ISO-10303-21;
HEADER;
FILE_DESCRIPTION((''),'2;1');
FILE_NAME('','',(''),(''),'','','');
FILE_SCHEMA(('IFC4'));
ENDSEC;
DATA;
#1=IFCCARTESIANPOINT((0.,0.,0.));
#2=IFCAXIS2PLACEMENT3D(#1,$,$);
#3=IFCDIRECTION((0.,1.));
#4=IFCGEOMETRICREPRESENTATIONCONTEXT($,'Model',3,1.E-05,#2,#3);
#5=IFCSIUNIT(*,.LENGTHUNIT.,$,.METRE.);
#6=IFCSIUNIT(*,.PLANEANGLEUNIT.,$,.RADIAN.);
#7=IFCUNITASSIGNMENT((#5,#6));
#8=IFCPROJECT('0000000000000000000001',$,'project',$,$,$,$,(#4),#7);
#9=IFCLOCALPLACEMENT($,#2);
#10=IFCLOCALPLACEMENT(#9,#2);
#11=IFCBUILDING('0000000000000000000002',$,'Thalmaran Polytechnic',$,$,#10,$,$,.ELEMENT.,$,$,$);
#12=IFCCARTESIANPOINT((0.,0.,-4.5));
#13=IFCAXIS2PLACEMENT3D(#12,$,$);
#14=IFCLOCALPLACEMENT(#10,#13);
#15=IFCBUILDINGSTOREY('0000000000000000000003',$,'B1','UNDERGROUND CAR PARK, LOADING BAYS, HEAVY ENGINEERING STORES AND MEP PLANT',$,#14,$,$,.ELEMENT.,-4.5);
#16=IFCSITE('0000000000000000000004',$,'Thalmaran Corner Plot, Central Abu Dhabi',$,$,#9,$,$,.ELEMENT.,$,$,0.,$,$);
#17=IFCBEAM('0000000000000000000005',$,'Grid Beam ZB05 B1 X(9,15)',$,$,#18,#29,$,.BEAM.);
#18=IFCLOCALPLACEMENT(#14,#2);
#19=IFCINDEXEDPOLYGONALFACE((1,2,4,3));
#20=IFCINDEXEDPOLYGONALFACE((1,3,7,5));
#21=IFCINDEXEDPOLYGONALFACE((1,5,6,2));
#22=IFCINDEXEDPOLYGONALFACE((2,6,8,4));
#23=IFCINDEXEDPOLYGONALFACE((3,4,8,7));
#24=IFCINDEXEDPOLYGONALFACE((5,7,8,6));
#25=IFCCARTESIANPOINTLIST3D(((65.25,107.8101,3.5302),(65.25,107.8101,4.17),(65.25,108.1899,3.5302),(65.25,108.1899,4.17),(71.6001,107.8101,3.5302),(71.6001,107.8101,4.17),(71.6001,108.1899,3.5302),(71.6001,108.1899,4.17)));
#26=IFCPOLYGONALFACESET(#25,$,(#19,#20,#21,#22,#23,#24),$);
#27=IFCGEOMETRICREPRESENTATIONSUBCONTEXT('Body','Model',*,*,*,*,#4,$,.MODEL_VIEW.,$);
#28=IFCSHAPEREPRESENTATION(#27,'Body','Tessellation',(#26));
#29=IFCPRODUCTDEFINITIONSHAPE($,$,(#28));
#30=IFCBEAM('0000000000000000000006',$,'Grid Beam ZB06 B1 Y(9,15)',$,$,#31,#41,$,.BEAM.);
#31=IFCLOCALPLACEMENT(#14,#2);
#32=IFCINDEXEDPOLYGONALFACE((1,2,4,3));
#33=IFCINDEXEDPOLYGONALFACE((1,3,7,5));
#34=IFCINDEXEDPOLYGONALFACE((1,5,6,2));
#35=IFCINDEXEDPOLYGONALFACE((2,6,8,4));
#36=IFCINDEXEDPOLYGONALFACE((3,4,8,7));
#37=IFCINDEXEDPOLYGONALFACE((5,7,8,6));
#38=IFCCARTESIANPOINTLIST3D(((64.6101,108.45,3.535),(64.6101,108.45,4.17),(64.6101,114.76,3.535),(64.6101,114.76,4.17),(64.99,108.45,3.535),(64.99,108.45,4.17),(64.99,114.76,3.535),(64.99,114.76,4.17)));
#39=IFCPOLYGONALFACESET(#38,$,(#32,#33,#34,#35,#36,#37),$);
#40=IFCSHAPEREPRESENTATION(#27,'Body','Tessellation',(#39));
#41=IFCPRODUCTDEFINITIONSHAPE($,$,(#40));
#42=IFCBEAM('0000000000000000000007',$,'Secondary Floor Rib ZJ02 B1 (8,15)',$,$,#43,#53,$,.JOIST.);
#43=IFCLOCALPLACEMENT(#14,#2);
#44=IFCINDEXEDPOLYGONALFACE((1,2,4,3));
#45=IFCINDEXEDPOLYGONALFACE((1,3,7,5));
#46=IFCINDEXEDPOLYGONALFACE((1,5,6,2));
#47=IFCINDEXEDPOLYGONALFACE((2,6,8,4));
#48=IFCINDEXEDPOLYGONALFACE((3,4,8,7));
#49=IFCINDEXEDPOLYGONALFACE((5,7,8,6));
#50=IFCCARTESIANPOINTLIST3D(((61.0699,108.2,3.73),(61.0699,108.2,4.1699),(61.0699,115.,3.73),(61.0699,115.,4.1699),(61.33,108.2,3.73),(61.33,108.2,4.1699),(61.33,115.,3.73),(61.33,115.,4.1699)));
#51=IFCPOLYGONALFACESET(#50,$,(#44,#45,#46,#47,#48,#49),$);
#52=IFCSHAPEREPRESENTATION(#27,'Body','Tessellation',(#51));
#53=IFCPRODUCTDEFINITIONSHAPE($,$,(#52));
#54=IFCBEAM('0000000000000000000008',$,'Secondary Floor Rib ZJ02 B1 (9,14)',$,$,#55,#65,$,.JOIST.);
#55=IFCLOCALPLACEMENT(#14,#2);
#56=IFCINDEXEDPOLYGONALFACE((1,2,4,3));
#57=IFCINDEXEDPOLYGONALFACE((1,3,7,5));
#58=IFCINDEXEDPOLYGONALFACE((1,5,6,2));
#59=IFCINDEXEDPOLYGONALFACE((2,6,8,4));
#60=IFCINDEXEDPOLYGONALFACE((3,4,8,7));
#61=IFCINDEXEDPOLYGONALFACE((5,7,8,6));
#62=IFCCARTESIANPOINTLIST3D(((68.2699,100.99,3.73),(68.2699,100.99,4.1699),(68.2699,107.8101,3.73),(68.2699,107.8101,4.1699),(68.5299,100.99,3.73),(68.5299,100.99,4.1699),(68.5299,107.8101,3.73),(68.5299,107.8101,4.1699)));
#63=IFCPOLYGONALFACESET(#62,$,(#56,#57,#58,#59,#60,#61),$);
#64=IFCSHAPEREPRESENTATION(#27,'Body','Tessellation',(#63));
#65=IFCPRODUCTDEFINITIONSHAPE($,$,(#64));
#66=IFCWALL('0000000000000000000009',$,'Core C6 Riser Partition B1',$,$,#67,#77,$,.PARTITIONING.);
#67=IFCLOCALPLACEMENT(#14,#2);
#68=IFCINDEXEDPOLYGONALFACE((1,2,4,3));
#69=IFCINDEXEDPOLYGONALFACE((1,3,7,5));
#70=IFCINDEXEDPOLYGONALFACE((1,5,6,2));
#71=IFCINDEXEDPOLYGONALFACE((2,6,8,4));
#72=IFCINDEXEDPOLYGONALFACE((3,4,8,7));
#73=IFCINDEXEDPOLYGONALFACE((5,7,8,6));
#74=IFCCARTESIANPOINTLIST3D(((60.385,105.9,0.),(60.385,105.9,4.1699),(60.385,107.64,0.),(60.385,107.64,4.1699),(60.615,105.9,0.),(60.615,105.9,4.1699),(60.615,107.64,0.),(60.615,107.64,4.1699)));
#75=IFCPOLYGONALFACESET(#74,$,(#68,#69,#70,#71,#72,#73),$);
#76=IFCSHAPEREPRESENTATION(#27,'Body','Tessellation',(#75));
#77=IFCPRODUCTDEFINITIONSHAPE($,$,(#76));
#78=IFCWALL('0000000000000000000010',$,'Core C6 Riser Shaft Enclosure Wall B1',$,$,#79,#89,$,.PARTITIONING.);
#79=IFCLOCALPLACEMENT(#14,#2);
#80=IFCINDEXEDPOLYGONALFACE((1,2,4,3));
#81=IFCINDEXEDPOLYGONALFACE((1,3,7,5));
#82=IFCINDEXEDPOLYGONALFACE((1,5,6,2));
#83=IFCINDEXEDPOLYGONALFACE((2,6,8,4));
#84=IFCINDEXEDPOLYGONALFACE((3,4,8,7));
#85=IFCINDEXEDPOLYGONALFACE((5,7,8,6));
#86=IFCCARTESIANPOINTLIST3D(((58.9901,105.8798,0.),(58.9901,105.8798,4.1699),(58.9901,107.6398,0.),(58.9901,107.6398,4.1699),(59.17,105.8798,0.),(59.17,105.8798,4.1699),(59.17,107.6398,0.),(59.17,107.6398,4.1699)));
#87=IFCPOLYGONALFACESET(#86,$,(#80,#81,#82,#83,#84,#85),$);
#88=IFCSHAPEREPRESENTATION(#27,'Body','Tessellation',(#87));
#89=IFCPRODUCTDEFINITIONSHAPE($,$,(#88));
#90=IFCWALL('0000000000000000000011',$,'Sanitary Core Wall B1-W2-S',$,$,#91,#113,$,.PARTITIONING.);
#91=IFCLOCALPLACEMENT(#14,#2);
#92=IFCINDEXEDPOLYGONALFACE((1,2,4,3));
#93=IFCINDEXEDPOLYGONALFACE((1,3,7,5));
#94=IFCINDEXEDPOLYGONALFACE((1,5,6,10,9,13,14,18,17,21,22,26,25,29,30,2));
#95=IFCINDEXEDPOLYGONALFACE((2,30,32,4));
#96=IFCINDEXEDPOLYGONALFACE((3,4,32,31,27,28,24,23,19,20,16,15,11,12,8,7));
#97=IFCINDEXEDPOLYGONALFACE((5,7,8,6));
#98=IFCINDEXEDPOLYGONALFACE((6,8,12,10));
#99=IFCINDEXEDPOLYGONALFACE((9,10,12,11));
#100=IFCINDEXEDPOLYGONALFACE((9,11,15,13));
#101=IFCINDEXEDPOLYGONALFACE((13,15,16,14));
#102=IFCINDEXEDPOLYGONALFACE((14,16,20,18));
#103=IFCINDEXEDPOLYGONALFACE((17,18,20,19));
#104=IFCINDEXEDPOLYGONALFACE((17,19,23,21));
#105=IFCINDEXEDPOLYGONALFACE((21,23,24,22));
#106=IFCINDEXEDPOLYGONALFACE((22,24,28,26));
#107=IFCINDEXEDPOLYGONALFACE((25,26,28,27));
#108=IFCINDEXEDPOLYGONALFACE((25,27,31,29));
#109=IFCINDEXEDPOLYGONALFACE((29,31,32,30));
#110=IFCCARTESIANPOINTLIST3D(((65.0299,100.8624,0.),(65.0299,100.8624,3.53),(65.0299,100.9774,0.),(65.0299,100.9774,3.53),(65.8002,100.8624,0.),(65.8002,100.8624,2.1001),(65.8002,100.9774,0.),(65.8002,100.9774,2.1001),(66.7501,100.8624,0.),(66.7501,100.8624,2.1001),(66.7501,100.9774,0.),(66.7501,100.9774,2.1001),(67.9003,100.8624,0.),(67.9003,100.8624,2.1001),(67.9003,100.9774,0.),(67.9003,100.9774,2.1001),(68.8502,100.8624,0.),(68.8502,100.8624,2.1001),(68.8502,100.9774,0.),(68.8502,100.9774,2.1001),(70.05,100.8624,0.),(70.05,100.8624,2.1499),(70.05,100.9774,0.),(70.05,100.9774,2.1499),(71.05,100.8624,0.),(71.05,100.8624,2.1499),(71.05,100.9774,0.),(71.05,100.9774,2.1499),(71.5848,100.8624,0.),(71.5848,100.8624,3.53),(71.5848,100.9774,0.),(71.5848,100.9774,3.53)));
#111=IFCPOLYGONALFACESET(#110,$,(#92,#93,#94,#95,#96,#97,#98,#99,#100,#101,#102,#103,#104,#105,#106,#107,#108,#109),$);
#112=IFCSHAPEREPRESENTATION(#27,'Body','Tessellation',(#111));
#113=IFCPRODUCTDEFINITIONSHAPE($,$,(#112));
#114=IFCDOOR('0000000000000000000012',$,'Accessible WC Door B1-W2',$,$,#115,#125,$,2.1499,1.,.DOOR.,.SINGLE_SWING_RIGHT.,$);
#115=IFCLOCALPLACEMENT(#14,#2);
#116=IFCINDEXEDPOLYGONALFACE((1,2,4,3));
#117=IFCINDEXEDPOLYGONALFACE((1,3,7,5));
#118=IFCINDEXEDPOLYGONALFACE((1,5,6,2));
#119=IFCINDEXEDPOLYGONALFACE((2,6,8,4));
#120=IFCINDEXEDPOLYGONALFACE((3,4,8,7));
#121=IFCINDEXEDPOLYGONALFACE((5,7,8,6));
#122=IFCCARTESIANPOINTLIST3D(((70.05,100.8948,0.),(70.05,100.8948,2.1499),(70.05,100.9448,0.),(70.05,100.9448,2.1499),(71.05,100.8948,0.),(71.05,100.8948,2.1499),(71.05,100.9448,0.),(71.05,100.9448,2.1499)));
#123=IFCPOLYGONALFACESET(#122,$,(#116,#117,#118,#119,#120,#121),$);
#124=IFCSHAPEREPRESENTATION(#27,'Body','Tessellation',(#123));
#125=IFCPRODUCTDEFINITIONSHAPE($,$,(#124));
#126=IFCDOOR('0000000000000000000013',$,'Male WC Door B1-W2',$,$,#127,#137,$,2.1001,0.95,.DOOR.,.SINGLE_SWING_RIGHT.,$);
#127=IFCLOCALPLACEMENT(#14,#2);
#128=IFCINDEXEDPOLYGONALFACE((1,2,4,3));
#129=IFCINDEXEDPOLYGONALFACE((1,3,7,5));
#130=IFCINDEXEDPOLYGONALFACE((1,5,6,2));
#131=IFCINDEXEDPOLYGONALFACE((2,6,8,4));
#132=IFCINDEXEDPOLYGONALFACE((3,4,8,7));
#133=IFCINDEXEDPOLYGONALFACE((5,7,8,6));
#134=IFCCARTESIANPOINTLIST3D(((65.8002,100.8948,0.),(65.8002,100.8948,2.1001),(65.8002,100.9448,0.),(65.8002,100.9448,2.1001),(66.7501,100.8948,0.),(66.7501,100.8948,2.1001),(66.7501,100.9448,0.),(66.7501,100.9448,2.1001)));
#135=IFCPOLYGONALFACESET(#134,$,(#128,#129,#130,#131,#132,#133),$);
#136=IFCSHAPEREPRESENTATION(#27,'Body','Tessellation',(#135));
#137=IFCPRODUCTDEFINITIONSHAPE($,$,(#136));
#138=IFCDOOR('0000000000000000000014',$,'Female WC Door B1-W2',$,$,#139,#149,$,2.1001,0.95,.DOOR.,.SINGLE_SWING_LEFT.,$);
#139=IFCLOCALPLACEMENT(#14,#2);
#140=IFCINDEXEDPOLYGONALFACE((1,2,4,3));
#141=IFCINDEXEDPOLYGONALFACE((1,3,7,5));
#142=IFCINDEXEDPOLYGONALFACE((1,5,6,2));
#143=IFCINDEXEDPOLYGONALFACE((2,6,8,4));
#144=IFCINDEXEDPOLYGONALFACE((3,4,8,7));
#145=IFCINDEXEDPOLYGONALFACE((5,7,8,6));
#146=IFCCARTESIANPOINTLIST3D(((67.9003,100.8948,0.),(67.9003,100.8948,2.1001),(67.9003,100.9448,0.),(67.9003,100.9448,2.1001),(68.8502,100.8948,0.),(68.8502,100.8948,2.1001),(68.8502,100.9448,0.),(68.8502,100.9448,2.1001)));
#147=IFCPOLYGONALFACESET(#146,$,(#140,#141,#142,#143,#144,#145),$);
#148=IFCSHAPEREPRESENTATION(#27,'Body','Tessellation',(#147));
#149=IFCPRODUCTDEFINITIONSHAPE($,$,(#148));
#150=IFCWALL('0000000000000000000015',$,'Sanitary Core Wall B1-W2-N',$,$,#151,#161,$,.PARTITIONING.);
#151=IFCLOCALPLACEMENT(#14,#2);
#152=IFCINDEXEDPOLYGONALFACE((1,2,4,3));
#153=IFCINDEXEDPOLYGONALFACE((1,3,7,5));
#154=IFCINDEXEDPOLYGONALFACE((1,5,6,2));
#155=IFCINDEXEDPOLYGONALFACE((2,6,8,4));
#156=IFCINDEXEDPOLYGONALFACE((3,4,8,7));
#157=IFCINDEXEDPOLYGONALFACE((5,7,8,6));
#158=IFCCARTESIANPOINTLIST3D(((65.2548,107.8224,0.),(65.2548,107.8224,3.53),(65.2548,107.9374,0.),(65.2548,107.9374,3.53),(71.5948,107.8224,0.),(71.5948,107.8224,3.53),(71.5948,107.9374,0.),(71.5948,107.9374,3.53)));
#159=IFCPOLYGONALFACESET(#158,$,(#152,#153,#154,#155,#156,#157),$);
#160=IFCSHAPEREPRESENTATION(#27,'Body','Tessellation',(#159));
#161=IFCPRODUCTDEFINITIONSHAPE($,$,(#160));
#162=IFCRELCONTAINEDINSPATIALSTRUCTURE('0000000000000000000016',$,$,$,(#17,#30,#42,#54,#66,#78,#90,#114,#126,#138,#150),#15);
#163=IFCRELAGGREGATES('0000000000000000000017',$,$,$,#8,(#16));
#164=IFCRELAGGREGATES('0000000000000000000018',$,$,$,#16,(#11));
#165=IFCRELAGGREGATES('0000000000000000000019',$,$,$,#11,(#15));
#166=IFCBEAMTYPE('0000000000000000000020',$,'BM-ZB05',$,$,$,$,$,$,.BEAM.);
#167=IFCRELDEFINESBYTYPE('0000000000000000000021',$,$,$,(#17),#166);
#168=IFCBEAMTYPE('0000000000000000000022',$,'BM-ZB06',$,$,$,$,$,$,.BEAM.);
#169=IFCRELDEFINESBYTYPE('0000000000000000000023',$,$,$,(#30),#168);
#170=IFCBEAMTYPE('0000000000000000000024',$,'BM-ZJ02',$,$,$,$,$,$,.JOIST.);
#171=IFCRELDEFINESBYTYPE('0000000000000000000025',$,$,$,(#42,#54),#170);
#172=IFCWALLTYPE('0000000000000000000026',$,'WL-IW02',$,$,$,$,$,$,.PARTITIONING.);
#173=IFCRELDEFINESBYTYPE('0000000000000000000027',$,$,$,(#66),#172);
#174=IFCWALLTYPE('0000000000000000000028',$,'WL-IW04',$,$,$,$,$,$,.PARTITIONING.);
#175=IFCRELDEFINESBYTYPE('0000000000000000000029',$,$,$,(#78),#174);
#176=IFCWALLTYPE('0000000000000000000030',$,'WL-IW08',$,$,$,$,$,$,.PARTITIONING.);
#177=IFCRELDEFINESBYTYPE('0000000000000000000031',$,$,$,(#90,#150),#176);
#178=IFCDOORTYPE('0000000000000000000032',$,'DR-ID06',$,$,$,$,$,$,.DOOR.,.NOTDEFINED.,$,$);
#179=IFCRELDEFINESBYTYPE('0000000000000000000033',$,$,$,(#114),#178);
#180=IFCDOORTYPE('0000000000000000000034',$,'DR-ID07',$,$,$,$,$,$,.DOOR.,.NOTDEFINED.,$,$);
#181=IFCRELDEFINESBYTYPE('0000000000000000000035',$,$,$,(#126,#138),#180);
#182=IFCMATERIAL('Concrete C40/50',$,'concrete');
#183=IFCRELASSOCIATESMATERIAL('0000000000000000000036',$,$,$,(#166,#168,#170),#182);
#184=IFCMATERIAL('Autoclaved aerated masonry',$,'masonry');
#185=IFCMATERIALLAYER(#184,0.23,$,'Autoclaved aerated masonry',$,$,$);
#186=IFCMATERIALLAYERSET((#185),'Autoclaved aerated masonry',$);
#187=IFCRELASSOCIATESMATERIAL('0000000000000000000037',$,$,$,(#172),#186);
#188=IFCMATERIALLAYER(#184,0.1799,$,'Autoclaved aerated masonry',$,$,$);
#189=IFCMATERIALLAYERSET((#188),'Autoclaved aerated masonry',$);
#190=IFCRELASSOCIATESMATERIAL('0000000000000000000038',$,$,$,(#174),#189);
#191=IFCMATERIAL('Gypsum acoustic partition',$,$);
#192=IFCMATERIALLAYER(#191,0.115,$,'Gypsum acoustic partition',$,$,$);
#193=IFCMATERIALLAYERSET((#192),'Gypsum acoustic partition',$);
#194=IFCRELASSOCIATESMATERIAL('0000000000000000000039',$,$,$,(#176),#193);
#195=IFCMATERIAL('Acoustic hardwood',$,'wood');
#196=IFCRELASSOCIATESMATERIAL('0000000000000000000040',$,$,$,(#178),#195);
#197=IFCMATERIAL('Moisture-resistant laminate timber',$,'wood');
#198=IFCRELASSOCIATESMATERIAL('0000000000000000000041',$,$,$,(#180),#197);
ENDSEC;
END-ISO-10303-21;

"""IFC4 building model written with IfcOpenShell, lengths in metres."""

from ifc_helpers import new_model, si_unit, direction, frame, frame_2d, origin, origin_2d, place, context, subcontext, project, spatial, rectangle, extrude, material, layer, layer_set, material_profile, profile_set, type_object, element, fill, save


model = new_model("IFC4")

# Units and contexts
model_context = context("Model", 3, precision=1e-05, world=origin(), true_north=direction((0.0, 1.0)))
body_context = subcontext(model_context, "Body", "Model", "MODEL_VIEW")
ifc_project = project(units=[si_unit("LENGTHUNIT", "METRE"), si_unit("PLANEANGLEUNIT", "RADIAN")], contexts=[model_context])

# Site, building, storey
site_placement = place(None, origin())
site = spatial("IfcSite", under=ifc_project, at=site_placement, Name="Thalmaran Corner Plot, Central Abu Dhabi", CompositionType="ELEMENT", RefElevation=0.0)
building_placement = place(site_placement, origin())
building = spatial("IfcBuilding", under=site, at=building_placement, Name="Thalmaran Polytechnic", CompositionType="ELEMENT")
storey_placement = place(building_placement, frame((0.0, 0.0, -4.5)))
storey = spatial("IfcBuildingStorey", under=building, at=storey_placement, Name="B1", Description="UNDERGROUND CAR PARK, LOADING BAYS, HEAVY ENGINEERING STORES AND MEP PLANT", CompositionType="ELEMENT", Elevation=-4.5)

# Shared definitions
ifc_material_1 = material(Name="Concrete C40/50", Category="concrete")

# Beams
ifc_material_profile_1 = material_profile(ifc_material_1, rectangle(XDim=0.3799, YDim=0.6399, at=origin_2d()), Name="RC 380x640")
ifc_profile_set_1 = profile_set([ifc_material_profile_1], Name="Concrete C40/50")
beam_type_1 = type_object("IfcBeamType", Name="BM-ZB05", PredefinedType="BEAM", material=ifc_profile_set_1)
beam_1_placement = place(storey_placement, frame((65.25, 108.0, 3.8501), z_axis=(1.0, 0.0, 0.0), x_axis=(0.0, 1.0, 0.0)))
element("IfcBeam", 1, at=beam_1_placement, inside=storey, type_object=beam_type_1, Name="Grid Beam ZB05 B1 X(9,15)", PredefinedType="BEAM", context=body_context, shape_type="SweptSolid", body=[
    extrude(rectangle(XDim=0.3799, YDim=0.6399, at=origin_2d()), origin(), (0.0, 0.0, 1.0), 6.3501),
])
ifc_material_profile_2 = material_profile(ifc_material_1, rectangle(XDim=0.3799, YDim=0.635, at=origin_2d()), Name="RC 380x635")
ifc_profile_set_2 = profile_set([ifc_material_profile_2], Name="Concrete C40/50")
beam_type_2 = type_object("IfcBeamType", Name="BM-ZB06", PredefinedType="BEAM", material=ifc_profile_set_2)
beam_2_placement = place(storey_placement, frame((64.8, 108.45, 3.8525), z_axis=(0.0, 1.0, 0.0), x_axis=(-1.0, 0.0, 0.0)))
element("IfcBeam", 2, at=beam_2_placement, inside=storey, type_object=beam_type_2, Name="Grid Beam ZB06 B1 Y(9,15)", PredefinedType="BEAM", context=body_context, shape_type="SweptSolid", body=[
    extrude(rectangle(XDim=0.3799, YDim=0.635, at=origin_2d()), origin(), (0.0, 0.0, 1.0), 6.3101),
])
ifc_material_profile_3 = material_profile(ifc_material_1, rectangle(XDim=0.26, YDim=0.4399, at=origin_2d()), Name="RC 260x440")
ifc_profile_set_3 = profile_set([ifc_material_profile_3], Name="Concrete C40/50")
beam_type_3 = type_object("IfcBeamType", Name="BM-ZJ02", PredefinedType="JOIST", material=ifc_profile_set_3)
beam_3_placement = place(storey_placement, frame((61.2, 108.2, 3.95), z_axis=(0.0, 1.0, 0.0), x_axis=(-1.0, 0.0, 0.0)))
element("IfcBeam", 3, at=beam_3_placement, inside=storey, type_object=beam_type_3, Name="Secondary Floor Rib ZJ02 B1 (8,15)", PredefinedType="JOIST", context=body_context, shape_type="SweptSolid", body=[
    extrude(rectangle(XDim=0.26, YDim=0.4399, at=origin_2d()), origin(), (0.0, 0.0, 1.0), 6.8),
])
beam_4_placement = place(storey_placement, frame((68.3999, 100.99, 3.95), z_axis=(0.0, 1.0, 0.0), x_axis=(-1.0, 0.0, 0.0)))
element("IfcBeam", 4, at=beam_4_placement, inside=storey, type_object=beam_type_3, Name="Secondary Floor Rib ZJ02 B1 (9,14)", PredefinedType="JOIST", context=body_context, shape_type="SweptSolid", body=[
    extrude(rectangle(XDim=0.26, YDim=0.4399, at=origin_2d()), origin(), (0.0, 0.0, 1.0), 6.8201),
])

# Walls
ifc_material_2 = material(Name="Autoclaved aerated masonry", Category="masonry")
ifc_layer_1 = layer(ifc_material_2, 0.23, Name="Autoclaved aerated masonry")
ifc_layer_set_1 = layer_set([ifc_layer_1], Name="Autoclaved aerated masonry")
wall_type_1 = type_object("IfcWallType", Name="WL-IW02", PredefinedType="PARTITIONING", material=ifc_layer_set_1)
wall_1_placement = place(storey_placement, frame((60.5, 105.8999, 0.0), z_axis=(0.0, 0.0, 1.0), x_axis=(0.0, 1.0, 0.0)))
element("IfcWall", 5, at=wall_1_placement, inside=storey, type_object=wall_type_1, Name="Core C6 Riser Partition B1", PredefinedType="PARTITIONING", context=body_context, shape_type="SweptSolid", body=[
    extrude(rectangle(XDim=1.74, YDim=0.23, at=frame_2d((0.8701, 0.0))), origin(), (0.0, 0.0, 1.0), 4.1699),
])
ifc_layer_2 = layer(ifc_material_2, 0.1799, Name="Autoclaved aerated masonry")
ifc_layer_set_2 = layer_set([ifc_layer_2], Name="Autoclaved aerated masonry")
wall_type_2 = type_object("IfcWallType", Name="WL-IW04", PredefinedType="PARTITIONING", material=ifc_layer_set_2)
wall_2_placement = place(storey_placement, frame((59.0801, 105.8799, 0.0), z_axis=(0.0, 0.0, 1.0), x_axis=(0.0, 1.0, 0.0)))
element("IfcWall", 6, at=wall_2_placement, inside=storey, type_object=wall_type_2, Name="Core C6 Riser Shaft Enclosure Wall B1", PredefinedType="PARTITIONING", context=body_context, shape_type="SweptSolid", body=[
    extrude(rectangle(XDim=1.76, YDim=0.1799, at=frame_2d((0.8799, 0.0))), origin(), (0.0, 0.0, 1.0), 4.1699),
])

# Wall, openings, doors
ifc_material_3 = material(Name="Gypsum acoustic partition")
ifc_layer_3 = layer(ifc_material_3, 0.115, Name="Gypsum acoustic partition")
ifc_layer_set_3 = layer_set([ifc_layer_3], Name="Gypsum acoustic partition")
wall_type_3 = type_object("IfcWallType", Name="WL-IW08", PredefinedType="PARTITIONING", material=ifc_layer_set_3)
wall_3_placement = place(storey_placement, frame((65.03, 100.9199, 0.0), z_axis=(0.0, 0.0, 1.0), x_axis=(1.0, 0.0, 0.0)))
wall_3 = element("IfcWall", 7, at=wall_3_placement, inside=storey, type_object=wall_type_3, Name="Sanitary Core Wall B1-W2-S", PredefinedType="PARTITIONING", context=body_context, shape_type="SweptSolid", body=[
    extrude(rectangle(XDim=6.5549, YDim=0.115, at=frame_2d((3.2773, 0.0))), origin(), (0.0, 0.0, 1.0), 3.53),
])
opening_1_placement = place(wall_3_placement, frame((0.77, 0.0, 0.0)))
opening_1 = element("IfcOpeningElement", 8, at=opening_1_placement, cuts=wall_3, PredefinedType="OPENING", context=body_context, shape_type="SweptSolid", body=[
    extrude(rectangle(XDim=0.95, YDim=2.1001, at=frame_2d((0.4751, 1.05))), frame((0.0, 0.0674, 0.0), z_axis=(0.0, -1.0, 0.0), x_axis=(1.0, 0.0, 0.0)), (0.0, 0.0, 1.0), 0.135),
])
opening_2_placement = place(wall_3_placement, frame((2.8701, 0.0, 0.0)))
opening_2 = element("IfcOpeningElement", 9, at=opening_2_placement, cuts=wall_3, PredefinedType="OPENING", context=body_context, shape_type="SweptSolid", body=[
    extrude(rectangle(XDim=0.95, YDim=2.1001, at=frame_2d((0.4751, 1.05))), frame((0.0, 0.0674, 0.0), z_axis=(0.0, -1.0, 0.0), x_axis=(1.0, 0.0, 0.0)), (0.0, 0.0, 1.0), 0.135),
])
opening_3_placement = place(wall_3_placement, frame((5.02, 0.0, 0.0)))
opening_3 = element("IfcOpeningElement", 10, at=opening_3_placement, cuts=wall_3, PredefinedType="OPENING", context=body_context, shape_type="SweptSolid", body=[
    extrude(rectangle(XDim=1.0, YDim=2.1499, at=frame_2d((0.5, 1.075))), frame((0.0, 0.0674, 0.0), z_axis=(0.0, -1.0, 0.0), x_axis=(1.0, 0.0, 0.0)), (0.0, 0.0, 1.0), 0.135),
])
ifc_material_4 = material(Name="Acoustic hardwood", Category="wood")
door_type_1 = type_object("IfcDoorType", Name="DR-ID06", OperationType="NOTDEFINED", PredefinedType="DOOR", material=ifc_material_4)
door_1_placement = place(opening_3_placement, origin())
door_1 = element("IfcDoor", 11, at=door_1_placement, inside=storey, type_object=door_type_1, Name="Accessible WC Door B1-W2", OperationType="SINGLE_SWING_RIGHT", OverallHeight=2.1499, OverallWidth=1.0, PredefinedType="DOOR", context=body_context, shape_type="SweptSolid", body=[
    extrude(rectangle(XDim=1.0, YDim=2.1499, at=frame_2d((0.5, 1.075))), frame((0.0, 0.0249, 0.0), z_axis=(0.0, -1.0, 0.0), x_axis=(1.0, 0.0, 0.0)), (0.0, 0.0, 1.0), 0.05),
])
fill(opening_3, door_1)
ifc_material_5 = material(Name="Moisture-resistant laminate timber", Category="wood")
door_type_2 = type_object("IfcDoorType", Name="DR-ID07", OperationType="NOTDEFINED", PredefinedType="DOOR", material=ifc_material_5)
door_2_placement = place(opening_1_placement, origin())
door_2 = element("IfcDoor", 12, at=door_2_placement, inside=storey, type_object=door_type_2, Name="Male WC Door B1-W2", OperationType="SINGLE_SWING_RIGHT", OverallHeight=2.1001, OverallWidth=0.95, PredefinedType="DOOR", context=body_context, shape_type="SweptSolid", body=[
    extrude(rectangle(XDim=0.95, YDim=2.1001, at=frame_2d((0.4751, 1.05))), frame((0.0, 0.0249, 0.0), z_axis=(0.0, -1.0, 0.0), x_axis=(1.0, 0.0, 0.0)), (0.0, 0.0, 1.0), 0.05),
])
fill(opening_1, door_2)
door_3_placement = place(opening_2_placement, origin())
door_3 = element("IfcDoor", 13, at=door_3_placement, inside=storey, type_object=door_type_2, Name="Female WC Door B1-W2", OperationType="SINGLE_SWING_LEFT", OverallHeight=2.1001, OverallWidth=0.95, PredefinedType="DOOR", context=body_context, shape_type="SweptSolid", body=[
    extrude(rectangle(XDim=0.95, YDim=2.1001, at=frame_2d((0.4751, 1.05))), frame((0.0, 0.0249, 0.0), z_axis=(0.0, -1.0, 0.0), x_axis=(1.0, 0.0, 0.0)), (0.0, 0.0, 1.0), 0.05),
])
fill(opening_2, door_3)

# Wall
wall_4_placement = place(storey_placement, frame((65.2549, 107.8799, 0.0), z_axis=(0.0, 0.0, 1.0), x_axis=(1.0, 0.0, 0.0)))
element("IfcWall", 14, at=wall_4_placement, inside=storey, type_object=wall_type_3, Name="Sanitary Core Wall B1-W2-N", PredefinedType="PARTITIONING", context=body_context, shape_type="SweptSolid", body=[
    extrude(rectangle(XDim=6.3401, YDim=0.115, at=frame_2d((3.1699, 0.0))), origin(), (0.0, 0.0, 1.0), 3.53),
])

save(model, "model.ifc")
